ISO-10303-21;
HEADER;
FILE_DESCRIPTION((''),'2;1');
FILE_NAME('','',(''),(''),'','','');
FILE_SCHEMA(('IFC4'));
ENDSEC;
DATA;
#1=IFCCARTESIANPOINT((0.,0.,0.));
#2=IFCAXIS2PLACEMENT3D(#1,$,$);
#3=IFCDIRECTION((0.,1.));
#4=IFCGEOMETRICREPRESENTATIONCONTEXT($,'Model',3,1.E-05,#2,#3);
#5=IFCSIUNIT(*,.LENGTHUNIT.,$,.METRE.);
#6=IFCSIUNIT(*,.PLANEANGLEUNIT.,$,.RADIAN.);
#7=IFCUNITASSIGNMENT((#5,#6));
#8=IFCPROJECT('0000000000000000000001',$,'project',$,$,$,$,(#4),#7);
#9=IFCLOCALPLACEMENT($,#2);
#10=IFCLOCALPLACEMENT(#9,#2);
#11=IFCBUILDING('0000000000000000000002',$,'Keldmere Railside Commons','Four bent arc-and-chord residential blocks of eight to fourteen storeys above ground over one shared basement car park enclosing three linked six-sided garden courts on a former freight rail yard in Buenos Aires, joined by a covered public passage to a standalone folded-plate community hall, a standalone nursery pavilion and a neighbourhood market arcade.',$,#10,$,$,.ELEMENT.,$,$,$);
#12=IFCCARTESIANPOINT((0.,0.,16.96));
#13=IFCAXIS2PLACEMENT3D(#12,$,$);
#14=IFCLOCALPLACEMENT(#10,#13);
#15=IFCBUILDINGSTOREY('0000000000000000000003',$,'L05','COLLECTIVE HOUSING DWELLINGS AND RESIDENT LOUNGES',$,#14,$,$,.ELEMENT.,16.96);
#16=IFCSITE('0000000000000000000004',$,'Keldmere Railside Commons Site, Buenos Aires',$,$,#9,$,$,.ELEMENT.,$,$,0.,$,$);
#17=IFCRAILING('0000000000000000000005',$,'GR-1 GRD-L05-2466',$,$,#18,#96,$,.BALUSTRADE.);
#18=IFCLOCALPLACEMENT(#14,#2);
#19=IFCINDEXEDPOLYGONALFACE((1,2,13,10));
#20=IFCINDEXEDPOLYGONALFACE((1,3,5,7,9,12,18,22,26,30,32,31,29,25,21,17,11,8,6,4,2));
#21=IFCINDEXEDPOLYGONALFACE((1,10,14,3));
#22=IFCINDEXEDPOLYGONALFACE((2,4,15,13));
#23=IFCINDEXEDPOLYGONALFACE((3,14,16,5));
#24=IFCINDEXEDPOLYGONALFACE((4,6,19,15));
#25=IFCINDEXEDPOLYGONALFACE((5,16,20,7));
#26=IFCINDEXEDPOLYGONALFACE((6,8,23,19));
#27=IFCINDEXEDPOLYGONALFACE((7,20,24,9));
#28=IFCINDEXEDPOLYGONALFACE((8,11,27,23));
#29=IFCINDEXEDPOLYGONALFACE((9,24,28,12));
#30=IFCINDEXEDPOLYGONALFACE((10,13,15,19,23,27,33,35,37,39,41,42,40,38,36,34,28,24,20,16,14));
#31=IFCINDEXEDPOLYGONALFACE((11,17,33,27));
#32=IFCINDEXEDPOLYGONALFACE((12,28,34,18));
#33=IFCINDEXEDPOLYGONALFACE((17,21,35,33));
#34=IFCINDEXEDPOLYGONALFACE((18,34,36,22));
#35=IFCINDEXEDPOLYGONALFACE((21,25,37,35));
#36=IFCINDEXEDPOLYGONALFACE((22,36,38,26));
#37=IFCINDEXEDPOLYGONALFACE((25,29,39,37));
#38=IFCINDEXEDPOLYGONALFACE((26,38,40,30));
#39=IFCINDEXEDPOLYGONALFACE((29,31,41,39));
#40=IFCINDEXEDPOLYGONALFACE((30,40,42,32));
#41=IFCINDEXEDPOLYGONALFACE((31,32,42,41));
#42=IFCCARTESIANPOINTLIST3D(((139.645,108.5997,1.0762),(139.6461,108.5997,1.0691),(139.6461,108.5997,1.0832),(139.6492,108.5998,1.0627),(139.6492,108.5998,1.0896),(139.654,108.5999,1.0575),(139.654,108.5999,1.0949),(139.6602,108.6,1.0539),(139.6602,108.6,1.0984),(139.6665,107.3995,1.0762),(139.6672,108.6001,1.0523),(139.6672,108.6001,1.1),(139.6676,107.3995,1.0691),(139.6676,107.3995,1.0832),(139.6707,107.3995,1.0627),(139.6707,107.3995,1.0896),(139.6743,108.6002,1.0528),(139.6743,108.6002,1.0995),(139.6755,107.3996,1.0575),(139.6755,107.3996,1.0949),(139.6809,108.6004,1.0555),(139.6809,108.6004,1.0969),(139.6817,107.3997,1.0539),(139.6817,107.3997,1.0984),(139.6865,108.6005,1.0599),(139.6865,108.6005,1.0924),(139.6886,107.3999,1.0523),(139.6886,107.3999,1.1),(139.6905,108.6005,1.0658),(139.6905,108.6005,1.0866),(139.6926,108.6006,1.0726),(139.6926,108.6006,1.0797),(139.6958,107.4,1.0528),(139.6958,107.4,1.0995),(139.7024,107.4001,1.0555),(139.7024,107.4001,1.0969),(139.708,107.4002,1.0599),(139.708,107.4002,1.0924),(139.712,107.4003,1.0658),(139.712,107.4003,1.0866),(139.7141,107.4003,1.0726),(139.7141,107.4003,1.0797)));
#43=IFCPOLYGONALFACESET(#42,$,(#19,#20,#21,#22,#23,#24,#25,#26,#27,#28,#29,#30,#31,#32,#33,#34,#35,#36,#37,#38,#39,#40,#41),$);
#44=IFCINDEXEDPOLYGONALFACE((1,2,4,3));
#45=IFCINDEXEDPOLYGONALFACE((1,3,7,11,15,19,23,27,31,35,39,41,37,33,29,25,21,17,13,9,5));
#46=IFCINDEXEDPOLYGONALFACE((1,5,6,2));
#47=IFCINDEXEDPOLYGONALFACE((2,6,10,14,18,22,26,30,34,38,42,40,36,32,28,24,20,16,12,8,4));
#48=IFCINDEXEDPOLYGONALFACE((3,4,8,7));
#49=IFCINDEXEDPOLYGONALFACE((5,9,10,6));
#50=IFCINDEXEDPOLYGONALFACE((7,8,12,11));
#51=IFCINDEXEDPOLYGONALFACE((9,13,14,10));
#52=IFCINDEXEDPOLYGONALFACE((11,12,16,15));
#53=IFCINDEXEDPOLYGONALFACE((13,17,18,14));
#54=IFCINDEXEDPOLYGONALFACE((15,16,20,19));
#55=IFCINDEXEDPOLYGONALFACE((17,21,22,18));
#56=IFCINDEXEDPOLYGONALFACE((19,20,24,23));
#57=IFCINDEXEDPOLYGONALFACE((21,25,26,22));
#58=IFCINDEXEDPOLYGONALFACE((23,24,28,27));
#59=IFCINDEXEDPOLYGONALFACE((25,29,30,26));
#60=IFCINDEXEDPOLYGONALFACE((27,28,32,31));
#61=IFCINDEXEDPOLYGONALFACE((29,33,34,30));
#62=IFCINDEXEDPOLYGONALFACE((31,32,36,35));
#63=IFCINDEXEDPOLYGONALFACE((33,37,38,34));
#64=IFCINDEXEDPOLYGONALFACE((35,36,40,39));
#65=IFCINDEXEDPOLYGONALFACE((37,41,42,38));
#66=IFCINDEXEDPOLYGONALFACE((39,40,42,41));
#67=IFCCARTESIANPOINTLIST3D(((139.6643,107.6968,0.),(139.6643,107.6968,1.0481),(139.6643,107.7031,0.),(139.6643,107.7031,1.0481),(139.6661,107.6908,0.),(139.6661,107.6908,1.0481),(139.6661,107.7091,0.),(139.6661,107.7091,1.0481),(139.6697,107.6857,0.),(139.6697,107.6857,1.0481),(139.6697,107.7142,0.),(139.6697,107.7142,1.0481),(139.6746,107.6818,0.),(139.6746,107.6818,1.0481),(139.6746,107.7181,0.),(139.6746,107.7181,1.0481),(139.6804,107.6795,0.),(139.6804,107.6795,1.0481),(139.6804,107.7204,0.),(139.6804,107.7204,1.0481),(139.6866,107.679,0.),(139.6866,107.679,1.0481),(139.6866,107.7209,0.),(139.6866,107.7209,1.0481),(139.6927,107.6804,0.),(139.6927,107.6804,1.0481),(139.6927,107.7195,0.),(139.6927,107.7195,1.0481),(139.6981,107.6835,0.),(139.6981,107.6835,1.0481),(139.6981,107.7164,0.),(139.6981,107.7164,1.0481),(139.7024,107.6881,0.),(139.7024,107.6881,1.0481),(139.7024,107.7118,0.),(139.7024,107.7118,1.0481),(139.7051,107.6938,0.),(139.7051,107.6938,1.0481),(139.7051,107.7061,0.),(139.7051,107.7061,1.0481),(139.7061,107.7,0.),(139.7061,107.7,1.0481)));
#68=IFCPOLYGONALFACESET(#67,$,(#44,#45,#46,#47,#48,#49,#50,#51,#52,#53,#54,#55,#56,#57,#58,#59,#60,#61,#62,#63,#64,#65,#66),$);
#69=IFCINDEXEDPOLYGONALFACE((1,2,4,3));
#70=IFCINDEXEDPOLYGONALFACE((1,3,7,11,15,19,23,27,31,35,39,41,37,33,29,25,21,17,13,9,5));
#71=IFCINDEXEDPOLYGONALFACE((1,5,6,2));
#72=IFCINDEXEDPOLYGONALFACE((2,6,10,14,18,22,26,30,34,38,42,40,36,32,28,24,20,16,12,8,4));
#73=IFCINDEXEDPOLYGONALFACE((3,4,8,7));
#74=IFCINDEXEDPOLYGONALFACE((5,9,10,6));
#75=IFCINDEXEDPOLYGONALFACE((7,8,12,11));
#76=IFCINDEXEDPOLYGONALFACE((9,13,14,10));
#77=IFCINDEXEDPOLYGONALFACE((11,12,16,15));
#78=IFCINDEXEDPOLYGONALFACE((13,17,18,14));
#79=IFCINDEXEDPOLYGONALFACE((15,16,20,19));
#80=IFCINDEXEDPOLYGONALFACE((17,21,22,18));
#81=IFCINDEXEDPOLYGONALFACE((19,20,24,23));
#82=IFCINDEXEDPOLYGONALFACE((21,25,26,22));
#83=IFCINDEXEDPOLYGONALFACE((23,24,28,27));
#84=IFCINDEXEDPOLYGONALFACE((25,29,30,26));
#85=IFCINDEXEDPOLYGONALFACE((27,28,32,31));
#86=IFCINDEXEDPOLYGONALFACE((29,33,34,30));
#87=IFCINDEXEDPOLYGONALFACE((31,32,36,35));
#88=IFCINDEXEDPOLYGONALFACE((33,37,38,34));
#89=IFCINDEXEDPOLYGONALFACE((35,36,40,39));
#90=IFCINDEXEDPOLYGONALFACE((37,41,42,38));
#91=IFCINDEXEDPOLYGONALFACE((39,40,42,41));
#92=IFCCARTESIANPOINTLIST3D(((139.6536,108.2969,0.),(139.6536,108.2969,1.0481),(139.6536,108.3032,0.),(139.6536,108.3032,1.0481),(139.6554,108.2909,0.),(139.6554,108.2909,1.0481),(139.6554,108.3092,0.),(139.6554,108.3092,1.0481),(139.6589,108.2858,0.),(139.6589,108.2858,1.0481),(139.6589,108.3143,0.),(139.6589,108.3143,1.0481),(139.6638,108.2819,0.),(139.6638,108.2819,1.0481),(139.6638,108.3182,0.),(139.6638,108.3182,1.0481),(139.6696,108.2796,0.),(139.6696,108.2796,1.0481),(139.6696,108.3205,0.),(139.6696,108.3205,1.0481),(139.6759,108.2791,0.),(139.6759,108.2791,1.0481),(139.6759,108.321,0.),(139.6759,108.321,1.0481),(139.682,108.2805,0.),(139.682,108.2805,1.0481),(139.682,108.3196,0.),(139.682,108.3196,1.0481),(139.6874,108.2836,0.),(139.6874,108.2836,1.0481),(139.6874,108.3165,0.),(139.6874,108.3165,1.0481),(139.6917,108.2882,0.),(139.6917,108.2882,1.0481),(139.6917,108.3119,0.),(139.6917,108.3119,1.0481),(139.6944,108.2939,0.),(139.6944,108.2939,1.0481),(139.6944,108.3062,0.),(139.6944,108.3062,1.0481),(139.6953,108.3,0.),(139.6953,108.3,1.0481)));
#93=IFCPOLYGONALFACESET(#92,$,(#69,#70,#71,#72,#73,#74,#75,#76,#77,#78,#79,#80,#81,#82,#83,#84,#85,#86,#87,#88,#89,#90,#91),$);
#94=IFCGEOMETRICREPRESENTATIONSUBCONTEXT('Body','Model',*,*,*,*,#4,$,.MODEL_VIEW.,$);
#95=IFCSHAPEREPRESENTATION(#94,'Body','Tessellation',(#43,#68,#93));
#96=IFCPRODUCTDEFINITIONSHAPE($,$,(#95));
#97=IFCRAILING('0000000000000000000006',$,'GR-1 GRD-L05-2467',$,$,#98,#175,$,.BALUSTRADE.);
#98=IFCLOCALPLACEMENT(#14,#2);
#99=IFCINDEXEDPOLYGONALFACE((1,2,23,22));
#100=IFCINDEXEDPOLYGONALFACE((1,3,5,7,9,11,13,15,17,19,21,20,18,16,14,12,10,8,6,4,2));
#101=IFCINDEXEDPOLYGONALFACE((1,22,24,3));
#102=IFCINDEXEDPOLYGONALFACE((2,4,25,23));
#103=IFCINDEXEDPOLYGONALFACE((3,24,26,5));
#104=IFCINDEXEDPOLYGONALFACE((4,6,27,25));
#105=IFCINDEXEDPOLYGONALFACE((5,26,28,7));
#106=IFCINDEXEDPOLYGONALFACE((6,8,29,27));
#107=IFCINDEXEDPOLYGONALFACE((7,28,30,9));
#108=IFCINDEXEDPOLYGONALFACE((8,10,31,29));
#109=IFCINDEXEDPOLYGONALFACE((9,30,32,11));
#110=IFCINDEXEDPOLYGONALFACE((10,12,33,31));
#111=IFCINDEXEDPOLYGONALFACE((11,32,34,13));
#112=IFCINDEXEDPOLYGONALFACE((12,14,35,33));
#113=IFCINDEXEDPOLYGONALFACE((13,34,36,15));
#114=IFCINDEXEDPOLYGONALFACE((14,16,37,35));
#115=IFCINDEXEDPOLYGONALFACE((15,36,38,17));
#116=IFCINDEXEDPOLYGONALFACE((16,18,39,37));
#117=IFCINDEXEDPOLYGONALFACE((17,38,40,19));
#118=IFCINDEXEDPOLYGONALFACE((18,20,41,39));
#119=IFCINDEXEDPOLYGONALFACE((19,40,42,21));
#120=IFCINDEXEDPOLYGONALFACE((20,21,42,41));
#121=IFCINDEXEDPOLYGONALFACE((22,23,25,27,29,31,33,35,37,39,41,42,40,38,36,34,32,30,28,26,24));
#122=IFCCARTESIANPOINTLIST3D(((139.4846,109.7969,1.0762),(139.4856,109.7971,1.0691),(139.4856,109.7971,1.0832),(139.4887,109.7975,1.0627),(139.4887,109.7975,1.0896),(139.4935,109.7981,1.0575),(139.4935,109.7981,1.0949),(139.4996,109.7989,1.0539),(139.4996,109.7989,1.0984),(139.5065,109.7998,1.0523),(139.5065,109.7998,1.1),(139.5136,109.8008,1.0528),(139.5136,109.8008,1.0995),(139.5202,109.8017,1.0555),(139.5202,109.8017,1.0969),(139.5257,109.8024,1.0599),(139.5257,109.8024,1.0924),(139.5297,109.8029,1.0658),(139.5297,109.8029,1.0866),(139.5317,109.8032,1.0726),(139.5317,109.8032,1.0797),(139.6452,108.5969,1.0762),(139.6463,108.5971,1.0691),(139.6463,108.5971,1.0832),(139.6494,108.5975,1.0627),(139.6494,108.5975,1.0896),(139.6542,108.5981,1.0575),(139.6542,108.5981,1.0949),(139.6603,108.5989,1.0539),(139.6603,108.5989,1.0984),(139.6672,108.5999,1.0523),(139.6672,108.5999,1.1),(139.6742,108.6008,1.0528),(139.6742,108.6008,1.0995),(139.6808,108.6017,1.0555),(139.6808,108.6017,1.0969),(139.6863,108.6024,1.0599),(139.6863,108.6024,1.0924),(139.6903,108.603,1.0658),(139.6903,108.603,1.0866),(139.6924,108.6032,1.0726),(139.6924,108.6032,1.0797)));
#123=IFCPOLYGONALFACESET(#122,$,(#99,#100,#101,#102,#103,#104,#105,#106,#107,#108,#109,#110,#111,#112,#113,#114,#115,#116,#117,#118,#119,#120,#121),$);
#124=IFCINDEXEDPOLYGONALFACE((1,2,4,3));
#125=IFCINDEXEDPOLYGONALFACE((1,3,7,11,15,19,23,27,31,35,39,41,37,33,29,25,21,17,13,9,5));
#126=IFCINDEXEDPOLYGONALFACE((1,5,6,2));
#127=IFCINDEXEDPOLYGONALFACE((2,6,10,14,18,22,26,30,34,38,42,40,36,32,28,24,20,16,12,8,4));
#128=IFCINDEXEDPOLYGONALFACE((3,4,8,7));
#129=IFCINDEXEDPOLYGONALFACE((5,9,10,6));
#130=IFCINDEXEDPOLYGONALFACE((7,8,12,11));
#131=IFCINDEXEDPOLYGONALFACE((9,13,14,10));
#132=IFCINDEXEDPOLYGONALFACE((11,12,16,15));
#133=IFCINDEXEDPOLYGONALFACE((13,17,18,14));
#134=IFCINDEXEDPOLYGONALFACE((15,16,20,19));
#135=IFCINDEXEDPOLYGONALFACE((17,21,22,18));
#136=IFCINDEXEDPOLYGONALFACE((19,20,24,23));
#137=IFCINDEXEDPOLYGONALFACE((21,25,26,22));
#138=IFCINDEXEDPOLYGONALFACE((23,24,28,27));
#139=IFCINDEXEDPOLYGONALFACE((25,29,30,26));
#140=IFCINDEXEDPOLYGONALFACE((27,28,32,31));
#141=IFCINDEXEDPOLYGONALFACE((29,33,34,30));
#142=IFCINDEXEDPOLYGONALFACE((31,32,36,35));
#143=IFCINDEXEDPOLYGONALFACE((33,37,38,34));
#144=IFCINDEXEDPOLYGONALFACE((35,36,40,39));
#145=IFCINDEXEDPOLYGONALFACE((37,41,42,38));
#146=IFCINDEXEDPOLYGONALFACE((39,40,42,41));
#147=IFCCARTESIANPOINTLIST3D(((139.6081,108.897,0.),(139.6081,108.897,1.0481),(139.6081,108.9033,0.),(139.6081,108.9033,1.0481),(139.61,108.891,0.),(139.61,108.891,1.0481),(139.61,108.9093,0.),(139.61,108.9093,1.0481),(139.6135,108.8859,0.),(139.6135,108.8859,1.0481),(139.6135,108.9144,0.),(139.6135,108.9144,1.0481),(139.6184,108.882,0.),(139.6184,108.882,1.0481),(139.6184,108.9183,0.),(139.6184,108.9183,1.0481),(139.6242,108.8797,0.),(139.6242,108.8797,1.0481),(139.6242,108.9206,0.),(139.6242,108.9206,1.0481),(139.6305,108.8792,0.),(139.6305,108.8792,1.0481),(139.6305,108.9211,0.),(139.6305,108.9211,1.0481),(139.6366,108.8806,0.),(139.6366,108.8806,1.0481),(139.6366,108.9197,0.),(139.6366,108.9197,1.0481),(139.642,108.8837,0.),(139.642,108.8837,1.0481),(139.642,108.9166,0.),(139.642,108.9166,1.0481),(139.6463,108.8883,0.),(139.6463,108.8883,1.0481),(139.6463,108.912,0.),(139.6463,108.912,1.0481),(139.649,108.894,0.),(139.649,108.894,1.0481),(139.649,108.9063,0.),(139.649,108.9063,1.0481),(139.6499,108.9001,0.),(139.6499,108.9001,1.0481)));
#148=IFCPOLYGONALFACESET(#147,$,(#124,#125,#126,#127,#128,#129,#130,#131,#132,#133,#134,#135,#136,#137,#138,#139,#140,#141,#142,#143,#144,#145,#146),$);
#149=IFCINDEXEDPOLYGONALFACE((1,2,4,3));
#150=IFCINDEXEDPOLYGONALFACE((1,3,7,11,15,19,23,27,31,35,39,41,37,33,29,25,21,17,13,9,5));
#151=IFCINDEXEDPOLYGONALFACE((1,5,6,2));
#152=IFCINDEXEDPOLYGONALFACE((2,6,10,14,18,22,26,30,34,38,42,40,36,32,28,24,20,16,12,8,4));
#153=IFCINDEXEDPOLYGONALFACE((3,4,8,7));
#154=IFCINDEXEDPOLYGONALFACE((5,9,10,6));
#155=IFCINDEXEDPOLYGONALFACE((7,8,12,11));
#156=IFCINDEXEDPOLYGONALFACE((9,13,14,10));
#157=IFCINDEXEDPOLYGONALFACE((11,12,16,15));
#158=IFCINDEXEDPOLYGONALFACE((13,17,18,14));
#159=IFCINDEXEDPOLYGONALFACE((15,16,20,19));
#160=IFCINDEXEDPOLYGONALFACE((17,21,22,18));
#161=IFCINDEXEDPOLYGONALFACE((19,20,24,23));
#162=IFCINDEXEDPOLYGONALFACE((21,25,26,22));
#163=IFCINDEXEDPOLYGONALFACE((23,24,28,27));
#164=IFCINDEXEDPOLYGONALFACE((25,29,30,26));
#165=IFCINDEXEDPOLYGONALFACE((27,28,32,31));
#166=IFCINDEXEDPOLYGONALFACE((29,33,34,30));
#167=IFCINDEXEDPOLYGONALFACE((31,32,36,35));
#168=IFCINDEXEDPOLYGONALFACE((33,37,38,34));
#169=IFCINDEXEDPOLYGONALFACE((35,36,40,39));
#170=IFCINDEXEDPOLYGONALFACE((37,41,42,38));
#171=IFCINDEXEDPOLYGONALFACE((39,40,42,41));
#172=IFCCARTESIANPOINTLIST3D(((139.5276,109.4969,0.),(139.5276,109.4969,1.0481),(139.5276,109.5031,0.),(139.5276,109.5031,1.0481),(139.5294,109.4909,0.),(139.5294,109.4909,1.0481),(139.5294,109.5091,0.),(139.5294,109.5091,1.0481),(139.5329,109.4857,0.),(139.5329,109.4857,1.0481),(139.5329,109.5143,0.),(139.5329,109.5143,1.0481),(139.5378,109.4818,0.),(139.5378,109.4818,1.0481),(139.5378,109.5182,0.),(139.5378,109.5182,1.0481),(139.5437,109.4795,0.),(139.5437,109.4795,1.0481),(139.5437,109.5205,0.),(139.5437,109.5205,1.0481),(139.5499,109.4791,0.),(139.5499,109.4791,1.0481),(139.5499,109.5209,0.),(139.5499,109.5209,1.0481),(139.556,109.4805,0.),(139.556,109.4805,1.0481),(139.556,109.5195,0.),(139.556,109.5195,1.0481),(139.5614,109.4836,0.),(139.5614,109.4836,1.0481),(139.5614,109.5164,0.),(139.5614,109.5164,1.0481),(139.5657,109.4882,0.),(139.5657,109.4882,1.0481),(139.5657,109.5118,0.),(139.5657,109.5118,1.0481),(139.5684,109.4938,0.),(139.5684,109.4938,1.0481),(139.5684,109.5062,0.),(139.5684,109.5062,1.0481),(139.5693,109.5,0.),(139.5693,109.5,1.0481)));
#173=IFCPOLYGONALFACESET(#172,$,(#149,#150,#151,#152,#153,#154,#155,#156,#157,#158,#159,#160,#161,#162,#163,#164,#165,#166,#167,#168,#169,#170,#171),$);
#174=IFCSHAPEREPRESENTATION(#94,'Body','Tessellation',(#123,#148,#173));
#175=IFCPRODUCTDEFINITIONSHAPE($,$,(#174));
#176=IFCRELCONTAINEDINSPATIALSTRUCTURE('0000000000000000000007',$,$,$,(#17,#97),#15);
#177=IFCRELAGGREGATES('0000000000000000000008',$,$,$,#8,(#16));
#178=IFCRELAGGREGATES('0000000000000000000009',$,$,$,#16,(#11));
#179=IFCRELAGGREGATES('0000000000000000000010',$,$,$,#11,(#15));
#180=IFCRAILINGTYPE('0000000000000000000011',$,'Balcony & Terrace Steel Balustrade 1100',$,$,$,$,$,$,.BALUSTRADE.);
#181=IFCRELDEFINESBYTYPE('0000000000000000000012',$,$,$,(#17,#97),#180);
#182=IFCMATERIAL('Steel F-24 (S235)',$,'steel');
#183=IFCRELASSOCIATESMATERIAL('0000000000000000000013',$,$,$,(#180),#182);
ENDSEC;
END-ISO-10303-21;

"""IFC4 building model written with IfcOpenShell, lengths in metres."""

from ifc_helpers import new_model, si_unit, direction, frame, origin, origin_2d, place, context, subcontext, project, spatial, circle, extrude, material, type_object, element, save


model = new_model("IFC4")

# Units and contexts
model_context = context("Model", 3, precision=1e-05, world=origin(), true_north=direction((0.0, 1.0)))
body_context = subcontext(model_context, "Body", "Model", "MODEL_VIEW")
ifc_project = project(units=[si_unit("LENGTHUNIT", "METRE"), si_unit("PLANEANGLEUNIT", "RADIAN")], contexts=[model_context])

# Site, building, storey
site_placement = place(None, origin())
site = spatial("IfcSite", under=ifc_project, at=site_placement, Name="Keldmere Railside Commons Site, Buenos Aires", CompositionType="ELEMENT", RefElevation=0.0)
building_placement = place(site_placement, origin())
building = spatial("IfcBuilding", under=site, at=building_placement, Name="Keldmere Railside Commons", Description="Four bent arc-and-chord residential blocks of eight to fourteen storeys above ground over one shared basement car park enclosing three linked six-sided garden courts on a former freight rail yard in Buenos Aires, joined by a covered public passage to a standalone folded-plate community hall, a standalone nursery pavilion and a neighbourhood market arcade.", CompositionType="ELEMENT")
storey_placement = place(building_placement, frame((0.0, 0.0, 16.96)))
storey = spatial("IfcBuildingStorey", under=building, at=storey_placement, Name="L05", Description="COLLECTIVE HOUSING DWELLINGS AND RESIDENT LOUNGES", CompositionType="ELEMENT", Elevation=16.96)

# Shared definitions
ifc_material_1 = material(Name="Steel F-24 (S235)", Category="steel")

# Railings
railing_type = type_object("IfcRailingType", Name="Balcony & Terrace Steel Balustrade 1100", PredefinedType="BALUSTRADE", material=ifc_material_1)
railing_1_placement = place(storey_placement, frame((139.6904, 107.3999, 0.0)))
element("IfcRailing", 1, at=railing_1_placement, inside=storey, type_object=railing_type, Name="GR-1 GRD-L05-2466", PredefinedType="BALUSTRADE", context=body_context, shape_type="SweptSolid", body=[
    extrude(circle(Radius=0.0239, at=origin_2d()), frame((0.0, 0.0, 1.0762), z_axis=(-0.017898, 0.99984, 0.0), x_axis=(-0.99984, -0.017898, 0.0)), (0.0, 0.0, 1.0), 1.2004),
    extrude(circle(Radius=0.021, at=origin_2d()), frame((-0.0054, 0.3, 0.0)), (0.0, 0.0, 1.0), 1.0481),
    extrude(circle(Radius=0.021, at=origin_2d()), frame((-0.0161, 0.9001, 0.0)), (0.0, 0.0, 1.0), 1.0481),
])
railing_2_placement = place(storey_placement, frame((139.6689, 108.6001, 0.0)))
element("IfcRailing", 2, at=railing_2_placement, inside=storey, type_object=railing_type, Name="GR-1 GRD-L05-2467", PredefinedType="BALUSTRADE", context=body_context, shape_type="SweptSolid", body=[
    extrude(circle(Radius=0.0239, at=origin_2d()), frame((0.0, 0.0, 1.0762), z_axis=(-0.132692, 0.991157, 0.0), x_axis=(-0.991157, -0.132692, 0.0)), (0.0, 0.0, 1.0), 1.2107),
    extrude(circle(Radius=0.021, at=origin_2d()), frame((-0.04, 0.3, 0.0)), (0.0, 0.0, 1.0), 1.0481),
    extrude(circle(Radius=0.021, at=origin_2d()), frame((-0.1206, 0.8999, 0.0)), (0.0, 0.0, 1.0), 1.0481),
])

save(model, "model.ifc")
